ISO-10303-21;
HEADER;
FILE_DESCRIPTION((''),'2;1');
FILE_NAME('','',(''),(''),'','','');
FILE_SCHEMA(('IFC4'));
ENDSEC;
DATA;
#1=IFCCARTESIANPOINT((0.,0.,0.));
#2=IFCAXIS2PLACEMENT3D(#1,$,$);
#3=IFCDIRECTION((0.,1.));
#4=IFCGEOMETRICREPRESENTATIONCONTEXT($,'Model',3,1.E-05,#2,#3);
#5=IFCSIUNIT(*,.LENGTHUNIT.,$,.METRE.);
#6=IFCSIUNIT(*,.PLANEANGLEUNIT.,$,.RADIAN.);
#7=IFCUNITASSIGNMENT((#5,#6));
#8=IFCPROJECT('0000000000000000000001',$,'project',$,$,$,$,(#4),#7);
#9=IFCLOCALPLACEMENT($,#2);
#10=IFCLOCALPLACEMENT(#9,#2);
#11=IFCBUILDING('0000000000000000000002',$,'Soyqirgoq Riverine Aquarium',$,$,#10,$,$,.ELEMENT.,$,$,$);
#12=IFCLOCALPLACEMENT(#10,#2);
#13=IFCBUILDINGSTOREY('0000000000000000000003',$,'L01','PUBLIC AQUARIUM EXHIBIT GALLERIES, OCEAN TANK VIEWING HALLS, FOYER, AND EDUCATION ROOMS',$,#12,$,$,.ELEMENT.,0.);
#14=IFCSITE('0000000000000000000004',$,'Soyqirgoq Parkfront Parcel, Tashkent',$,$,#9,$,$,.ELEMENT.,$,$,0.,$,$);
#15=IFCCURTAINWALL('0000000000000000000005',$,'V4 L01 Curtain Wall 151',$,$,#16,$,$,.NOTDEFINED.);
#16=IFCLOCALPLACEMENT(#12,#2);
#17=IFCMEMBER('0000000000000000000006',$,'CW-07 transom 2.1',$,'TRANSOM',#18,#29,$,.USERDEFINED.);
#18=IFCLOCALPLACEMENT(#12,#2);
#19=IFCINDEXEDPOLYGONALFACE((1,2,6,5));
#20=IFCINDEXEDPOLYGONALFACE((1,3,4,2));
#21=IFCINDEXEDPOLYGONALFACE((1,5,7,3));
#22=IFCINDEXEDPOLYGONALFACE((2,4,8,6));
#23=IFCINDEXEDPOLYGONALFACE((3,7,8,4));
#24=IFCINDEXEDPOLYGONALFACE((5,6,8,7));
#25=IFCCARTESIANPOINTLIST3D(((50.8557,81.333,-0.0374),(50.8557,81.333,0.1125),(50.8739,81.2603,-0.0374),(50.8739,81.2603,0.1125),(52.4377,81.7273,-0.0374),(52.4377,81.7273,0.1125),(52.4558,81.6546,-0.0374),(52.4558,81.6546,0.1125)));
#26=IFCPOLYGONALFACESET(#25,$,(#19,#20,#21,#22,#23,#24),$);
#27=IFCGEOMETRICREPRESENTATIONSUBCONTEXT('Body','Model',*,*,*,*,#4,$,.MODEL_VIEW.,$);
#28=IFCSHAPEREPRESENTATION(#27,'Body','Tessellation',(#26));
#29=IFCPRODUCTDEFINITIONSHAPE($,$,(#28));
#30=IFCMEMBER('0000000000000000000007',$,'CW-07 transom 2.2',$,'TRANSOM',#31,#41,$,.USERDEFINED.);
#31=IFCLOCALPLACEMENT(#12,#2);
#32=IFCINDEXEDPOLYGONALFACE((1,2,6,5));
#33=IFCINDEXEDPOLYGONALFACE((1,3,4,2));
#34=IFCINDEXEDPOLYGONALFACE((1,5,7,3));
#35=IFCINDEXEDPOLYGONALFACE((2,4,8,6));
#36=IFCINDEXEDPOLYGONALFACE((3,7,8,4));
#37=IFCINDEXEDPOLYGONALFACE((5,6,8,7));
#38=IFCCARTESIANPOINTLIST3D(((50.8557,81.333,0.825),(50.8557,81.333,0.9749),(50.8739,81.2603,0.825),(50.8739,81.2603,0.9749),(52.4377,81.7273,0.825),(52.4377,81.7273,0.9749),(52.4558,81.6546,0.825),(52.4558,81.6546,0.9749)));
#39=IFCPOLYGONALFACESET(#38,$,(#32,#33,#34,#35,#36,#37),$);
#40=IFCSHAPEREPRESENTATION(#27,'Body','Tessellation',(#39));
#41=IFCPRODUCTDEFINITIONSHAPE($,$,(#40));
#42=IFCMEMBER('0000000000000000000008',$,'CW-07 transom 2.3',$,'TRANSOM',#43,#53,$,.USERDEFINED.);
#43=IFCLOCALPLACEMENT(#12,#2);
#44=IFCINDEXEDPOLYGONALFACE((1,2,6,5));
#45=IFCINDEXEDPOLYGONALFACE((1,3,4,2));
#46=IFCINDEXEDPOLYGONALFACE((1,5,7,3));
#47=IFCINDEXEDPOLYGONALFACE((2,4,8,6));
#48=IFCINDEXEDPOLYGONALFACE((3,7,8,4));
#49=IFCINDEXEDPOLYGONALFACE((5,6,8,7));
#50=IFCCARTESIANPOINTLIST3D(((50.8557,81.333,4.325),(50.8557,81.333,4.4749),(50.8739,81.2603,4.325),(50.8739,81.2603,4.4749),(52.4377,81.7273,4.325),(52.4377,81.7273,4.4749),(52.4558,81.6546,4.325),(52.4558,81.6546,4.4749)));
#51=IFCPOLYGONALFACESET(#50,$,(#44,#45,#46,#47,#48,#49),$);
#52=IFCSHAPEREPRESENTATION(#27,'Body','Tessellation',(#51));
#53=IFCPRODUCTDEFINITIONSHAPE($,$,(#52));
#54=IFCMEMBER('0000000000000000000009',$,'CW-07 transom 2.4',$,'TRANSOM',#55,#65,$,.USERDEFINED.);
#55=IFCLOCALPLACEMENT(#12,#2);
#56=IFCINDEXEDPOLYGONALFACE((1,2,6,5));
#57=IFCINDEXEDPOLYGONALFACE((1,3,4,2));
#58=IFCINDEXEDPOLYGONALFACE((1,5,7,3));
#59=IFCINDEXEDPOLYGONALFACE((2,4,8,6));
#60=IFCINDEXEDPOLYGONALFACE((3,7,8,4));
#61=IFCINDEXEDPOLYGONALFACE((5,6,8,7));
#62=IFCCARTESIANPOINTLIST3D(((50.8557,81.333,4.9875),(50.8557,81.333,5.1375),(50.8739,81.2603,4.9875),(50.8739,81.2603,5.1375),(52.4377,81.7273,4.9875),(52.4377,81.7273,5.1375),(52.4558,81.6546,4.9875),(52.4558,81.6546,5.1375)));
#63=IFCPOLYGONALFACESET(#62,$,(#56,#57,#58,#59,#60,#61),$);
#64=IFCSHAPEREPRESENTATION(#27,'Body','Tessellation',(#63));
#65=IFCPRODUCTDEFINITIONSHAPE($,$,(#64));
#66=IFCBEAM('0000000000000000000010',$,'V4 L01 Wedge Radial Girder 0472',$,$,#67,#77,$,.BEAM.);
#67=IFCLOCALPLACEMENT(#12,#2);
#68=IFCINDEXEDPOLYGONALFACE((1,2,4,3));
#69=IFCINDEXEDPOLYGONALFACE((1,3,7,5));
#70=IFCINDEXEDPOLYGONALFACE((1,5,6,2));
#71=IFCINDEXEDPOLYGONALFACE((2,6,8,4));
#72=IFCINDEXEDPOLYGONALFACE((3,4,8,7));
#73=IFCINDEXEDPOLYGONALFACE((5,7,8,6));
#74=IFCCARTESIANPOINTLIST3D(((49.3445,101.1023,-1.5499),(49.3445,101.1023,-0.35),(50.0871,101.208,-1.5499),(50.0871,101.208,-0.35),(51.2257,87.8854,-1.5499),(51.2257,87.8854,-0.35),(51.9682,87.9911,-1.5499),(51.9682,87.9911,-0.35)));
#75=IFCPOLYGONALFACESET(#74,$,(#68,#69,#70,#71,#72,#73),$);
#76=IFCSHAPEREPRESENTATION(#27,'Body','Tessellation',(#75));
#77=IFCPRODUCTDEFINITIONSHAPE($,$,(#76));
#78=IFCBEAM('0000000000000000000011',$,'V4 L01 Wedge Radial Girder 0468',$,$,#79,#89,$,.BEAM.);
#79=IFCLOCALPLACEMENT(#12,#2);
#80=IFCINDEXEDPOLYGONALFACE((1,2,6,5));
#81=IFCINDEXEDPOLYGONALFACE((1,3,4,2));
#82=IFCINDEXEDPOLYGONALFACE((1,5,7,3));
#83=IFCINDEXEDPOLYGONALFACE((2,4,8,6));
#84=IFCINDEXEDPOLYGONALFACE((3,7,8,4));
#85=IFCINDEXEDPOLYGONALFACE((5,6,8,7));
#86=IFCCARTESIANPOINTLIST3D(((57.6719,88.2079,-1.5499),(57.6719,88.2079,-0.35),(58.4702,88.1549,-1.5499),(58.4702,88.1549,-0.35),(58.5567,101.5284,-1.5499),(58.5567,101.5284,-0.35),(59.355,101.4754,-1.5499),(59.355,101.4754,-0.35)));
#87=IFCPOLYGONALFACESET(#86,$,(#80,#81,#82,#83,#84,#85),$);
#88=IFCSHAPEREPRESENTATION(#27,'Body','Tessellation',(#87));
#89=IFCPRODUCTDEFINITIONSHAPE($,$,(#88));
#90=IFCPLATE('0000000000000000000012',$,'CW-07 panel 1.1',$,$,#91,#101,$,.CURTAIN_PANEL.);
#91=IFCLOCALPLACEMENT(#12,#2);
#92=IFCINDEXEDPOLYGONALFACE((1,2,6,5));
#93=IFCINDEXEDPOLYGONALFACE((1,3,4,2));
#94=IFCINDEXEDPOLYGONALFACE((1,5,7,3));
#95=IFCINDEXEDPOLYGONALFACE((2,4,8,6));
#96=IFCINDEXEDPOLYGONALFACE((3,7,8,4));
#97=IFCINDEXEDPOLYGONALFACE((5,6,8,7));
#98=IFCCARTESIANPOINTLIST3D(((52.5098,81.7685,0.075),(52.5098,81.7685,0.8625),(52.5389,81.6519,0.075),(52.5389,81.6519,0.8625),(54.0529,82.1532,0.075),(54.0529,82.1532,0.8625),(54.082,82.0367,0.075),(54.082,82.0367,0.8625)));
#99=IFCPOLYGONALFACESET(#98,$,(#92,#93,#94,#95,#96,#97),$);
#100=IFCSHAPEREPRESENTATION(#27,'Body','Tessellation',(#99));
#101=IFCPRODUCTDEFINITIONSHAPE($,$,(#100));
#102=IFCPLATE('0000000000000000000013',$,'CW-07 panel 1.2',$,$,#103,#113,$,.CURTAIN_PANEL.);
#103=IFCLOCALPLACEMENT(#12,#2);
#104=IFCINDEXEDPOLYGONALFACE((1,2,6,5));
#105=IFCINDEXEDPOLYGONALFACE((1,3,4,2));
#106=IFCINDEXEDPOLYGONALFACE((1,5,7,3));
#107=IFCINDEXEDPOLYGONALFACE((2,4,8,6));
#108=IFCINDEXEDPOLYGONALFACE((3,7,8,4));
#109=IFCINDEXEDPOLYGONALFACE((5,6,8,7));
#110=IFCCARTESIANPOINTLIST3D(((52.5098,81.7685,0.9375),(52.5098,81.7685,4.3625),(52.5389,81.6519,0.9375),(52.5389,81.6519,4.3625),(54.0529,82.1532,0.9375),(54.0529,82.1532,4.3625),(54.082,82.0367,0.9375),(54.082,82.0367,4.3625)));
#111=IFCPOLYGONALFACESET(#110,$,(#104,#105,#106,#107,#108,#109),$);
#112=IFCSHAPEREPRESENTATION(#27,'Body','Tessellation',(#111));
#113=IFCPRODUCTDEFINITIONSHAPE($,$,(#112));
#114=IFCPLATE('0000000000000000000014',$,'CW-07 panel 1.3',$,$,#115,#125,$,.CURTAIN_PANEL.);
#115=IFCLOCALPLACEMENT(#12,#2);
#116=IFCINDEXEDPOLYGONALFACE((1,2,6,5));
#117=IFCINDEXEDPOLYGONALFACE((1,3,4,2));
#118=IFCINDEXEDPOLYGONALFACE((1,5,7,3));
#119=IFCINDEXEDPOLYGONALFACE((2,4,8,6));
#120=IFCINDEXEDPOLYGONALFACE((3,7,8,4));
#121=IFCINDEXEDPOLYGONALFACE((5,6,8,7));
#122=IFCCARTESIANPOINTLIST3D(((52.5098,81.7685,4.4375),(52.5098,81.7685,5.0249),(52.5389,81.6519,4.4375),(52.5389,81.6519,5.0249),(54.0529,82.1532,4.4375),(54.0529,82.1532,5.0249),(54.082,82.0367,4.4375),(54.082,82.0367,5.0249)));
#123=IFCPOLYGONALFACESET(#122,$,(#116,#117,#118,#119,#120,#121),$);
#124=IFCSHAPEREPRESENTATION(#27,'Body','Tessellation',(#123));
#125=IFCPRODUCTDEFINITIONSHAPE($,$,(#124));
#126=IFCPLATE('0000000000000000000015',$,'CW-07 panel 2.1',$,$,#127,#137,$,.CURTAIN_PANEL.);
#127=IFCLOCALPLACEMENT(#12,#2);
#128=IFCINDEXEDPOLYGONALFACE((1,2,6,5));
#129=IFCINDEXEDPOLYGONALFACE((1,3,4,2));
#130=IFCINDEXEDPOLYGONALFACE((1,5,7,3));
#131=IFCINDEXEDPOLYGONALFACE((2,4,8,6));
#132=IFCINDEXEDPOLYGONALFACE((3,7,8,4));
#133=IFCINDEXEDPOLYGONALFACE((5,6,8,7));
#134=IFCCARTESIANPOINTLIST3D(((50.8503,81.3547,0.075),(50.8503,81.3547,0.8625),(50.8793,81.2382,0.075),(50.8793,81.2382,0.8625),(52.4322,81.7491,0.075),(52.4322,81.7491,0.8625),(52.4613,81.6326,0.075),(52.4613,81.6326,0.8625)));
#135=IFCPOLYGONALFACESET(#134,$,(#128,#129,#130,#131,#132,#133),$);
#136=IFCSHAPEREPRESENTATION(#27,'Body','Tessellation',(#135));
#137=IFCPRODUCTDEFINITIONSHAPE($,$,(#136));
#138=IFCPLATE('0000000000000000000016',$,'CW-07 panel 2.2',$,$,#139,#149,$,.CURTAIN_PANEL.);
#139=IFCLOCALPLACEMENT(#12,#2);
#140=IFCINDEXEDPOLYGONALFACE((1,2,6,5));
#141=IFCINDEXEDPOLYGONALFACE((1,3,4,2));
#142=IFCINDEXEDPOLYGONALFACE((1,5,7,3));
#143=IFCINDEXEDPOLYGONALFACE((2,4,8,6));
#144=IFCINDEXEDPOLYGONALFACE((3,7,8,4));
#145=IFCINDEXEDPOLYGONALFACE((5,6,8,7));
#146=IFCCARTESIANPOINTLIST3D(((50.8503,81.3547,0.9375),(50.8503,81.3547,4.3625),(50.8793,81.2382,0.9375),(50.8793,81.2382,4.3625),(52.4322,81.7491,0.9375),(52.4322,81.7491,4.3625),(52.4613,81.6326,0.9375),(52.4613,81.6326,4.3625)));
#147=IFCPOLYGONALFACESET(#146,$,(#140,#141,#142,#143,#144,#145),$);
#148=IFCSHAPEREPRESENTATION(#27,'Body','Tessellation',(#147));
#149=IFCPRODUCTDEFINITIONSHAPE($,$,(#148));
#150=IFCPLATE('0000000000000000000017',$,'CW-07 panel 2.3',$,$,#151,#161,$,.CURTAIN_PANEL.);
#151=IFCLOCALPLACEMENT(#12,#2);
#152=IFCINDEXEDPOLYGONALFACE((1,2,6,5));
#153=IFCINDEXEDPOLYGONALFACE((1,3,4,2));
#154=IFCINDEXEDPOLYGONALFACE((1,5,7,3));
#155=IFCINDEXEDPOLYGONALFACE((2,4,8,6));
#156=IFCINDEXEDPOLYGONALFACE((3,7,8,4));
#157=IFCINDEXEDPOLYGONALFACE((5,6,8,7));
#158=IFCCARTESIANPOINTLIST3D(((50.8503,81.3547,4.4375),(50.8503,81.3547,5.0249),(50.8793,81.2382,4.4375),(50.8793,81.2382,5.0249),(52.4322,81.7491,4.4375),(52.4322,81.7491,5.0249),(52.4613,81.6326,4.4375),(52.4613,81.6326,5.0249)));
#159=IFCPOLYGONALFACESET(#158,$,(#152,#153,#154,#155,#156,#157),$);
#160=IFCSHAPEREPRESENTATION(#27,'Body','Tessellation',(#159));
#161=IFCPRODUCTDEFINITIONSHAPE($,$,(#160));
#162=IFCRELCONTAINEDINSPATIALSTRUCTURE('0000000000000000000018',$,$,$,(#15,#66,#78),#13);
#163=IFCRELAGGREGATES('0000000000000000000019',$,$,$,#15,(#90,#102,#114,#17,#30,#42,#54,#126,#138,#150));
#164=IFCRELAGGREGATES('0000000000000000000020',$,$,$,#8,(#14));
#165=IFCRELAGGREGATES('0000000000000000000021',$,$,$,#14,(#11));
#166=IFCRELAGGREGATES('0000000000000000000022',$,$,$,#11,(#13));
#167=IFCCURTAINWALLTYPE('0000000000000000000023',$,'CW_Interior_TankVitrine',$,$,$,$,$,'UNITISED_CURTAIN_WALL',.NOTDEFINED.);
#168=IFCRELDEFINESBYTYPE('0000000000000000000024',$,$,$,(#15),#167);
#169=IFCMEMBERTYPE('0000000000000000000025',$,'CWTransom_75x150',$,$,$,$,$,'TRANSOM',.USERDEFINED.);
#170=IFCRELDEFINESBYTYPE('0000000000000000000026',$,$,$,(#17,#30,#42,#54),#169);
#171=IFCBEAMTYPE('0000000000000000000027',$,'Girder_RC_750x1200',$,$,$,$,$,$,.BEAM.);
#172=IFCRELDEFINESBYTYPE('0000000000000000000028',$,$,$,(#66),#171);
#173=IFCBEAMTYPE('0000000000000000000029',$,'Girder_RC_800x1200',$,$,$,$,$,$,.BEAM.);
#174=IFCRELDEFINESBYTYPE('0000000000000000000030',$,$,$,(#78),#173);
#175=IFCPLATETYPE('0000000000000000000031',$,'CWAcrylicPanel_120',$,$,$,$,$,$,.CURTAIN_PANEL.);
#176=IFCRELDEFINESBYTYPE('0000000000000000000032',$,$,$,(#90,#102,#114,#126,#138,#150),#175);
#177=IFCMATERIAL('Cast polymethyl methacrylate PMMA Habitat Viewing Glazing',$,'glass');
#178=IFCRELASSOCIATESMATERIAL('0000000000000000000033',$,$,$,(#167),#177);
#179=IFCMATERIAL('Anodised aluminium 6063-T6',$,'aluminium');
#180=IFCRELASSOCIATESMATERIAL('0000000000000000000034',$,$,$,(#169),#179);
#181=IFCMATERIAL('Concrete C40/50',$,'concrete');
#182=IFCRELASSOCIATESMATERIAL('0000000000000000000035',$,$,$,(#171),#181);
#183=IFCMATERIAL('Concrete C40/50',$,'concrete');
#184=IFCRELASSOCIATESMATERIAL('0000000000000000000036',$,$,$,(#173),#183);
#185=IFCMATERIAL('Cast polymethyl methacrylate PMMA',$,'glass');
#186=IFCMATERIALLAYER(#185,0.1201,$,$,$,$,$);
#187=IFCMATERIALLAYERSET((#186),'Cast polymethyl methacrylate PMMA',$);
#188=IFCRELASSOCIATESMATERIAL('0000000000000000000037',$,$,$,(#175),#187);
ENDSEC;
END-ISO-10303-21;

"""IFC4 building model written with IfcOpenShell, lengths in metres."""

from ifc_helpers import new_model, si_unit, direction, frame, origin, origin_2d, place, context, subcontext, project, spatial, rectangle, extrude, material, layer, layer_set, material_profile, profile_set, type_object, element, aggregate, save


model = new_model("IFC4")

# Units and contexts
model_context = context("Model", 3, precision=1e-05, world=origin(), true_north=direction((0.0, 1.0)))
body_context = subcontext(model_context, "Body", "Model", "MODEL_VIEW")
ifc_project = project(units=[si_unit("LENGTHUNIT", "METRE"), si_unit("PLANEANGLEUNIT", "RADIAN")], contexts=[model_context])

# Site, building, storey
site_placement = place(None, origin())
site = spatial("IfcSite", under=ifc_project, at=site_placement, Name="Soyqirgoq Parkfront Parcel, Tashkent", CompositionType="ELEMENT", RefElevation=0.0)
building_placement = place(site_placement, origin())
building = spatial("IfcBuilding", under=site, at=building_placement, Name="Soyqirgoq Riverine Aquarium", CompositionType="ELEMENT")
storey_placement = place(building_placement, origin())
storey = spatial("IfcBuildingStorey", under=building, at=storey_placement, Name="L01", Description="PUBLIC AQUARIUM EXHIBIT GALLERIES, OCEAN TANK VIEWING HALLS, FOYER, AND EDUCATION ROOMS", CompositionType="ELEMENT", Elevation=0.0)

# Curtain wall, members
ifc_material_1 = material(Name="Cast polymethyl methacrylate PMMA Habitat Viewing Glazing", Category="glass")
curtain_wall_type = type_object("IfcCurtainWallType", Name="CW_Interior_TankVitrine", ElementType="UNITISED_CURTAIN_WALL", PredefinedType="NOTDEFINED", material=ifc_material_1)
curtain_wall_placement = place(storey_placement, origin())
curtain_wall = element("IfcCurtainWall", 1, at=curtain_wall_placement, inside=storey, type_object=curtain_wall_type, Name="V4 L01 Curtain Wall 151", PredefinedType="NOTDEFINED")
ifc_material_2 = material(Name="Anodised aluminium 6063-T6", Category="aluminium")
ifc_material_profile_1 = material_profile(ifc_material_2, rectangle(XDim=0.075, YDim=0.1499, at=origin_2d()), Name="ALU-T 75x150")
ifc_profile_set_1 = profile_set([ifc_material_profile_1], Name="Anodised aluminium 6063-T6")
member_type_1 = type_object("IfcMemberType", Name="CWTransom_75x150", ElementType="TRANSOM", PredefinedType="USERDEFINED", material=ifc_profile_set_1)
member_1_placement = place(storey_placement, frame((52.4468, 81.6909, 0.0376), z_axis=(-0.970318, -0.241831, 0.0), x_axis=(0.241831, -0.970318, 0.0)))
member_1 = element("IfcMember", 2, at=member_1_placement, type_object=member_type_1, Name="CW-07 transom 2.1", ObjectType="TRANSOM", PredefinedType="USERDEFINED", context=body_context, shape_type="SweptSolid", body=[
    extrude(rectangle(XDim=0.075, YDim=0.1499, at=origin_2d()), origin(), (0.0, 0.0, 1.0), 1.6304),
])
member_2_placement = place(storey_placement, frame((52.4468, 81.6909, 0.8999), z_axis=(-0.970318, -0.241831, 0.0), x_axis=(0.241831, -0.970318, 0.0)))
member_2 = element("IfcMember", 3, at=member_2_placement, type_object=member_type_1, Name="CW-07 transom 2.2", ObjectType="TRANSOM", PredefinedType="USERDEFINED", context=body_context, shape_type="SweptSolid", body=[
    extrude(rectangle(XDim=0.075, YDim=0.1499, at=origin_2d()), origin(), (0.0, 0.0, 1.0), 1.6304),
])
member_3_placement = place(storey_placement, frame((52.4468, 81.6909, 4.3999), z_axis=(-0.970318, -0.241831, 0.0), x_axis=(0.241831, -0.970318, 0.0)))
member_3 = element("IfcMember", 4, at=member_3_placement, type_object=member_type_1, Name="CW-07 transom 2.3", ObjectType="TRANSOM", PredefinedType="USERDEFINED", context=body_context, shape_type="SweptSolid", body=[
    extrude(rectangle(XDim=0.075, YDim=0.1499, at=origin_2d()), origin(), (0.0, 0.0, 1.0), 1.6304),
])
member_4_placement = place(storey_placement, frame((52.4468, 81.6909, 5.0625), z_axis=(-0.970318, -0.241831, 0.0), x_axis=(0.241831, -0.970318, 0.0)))
member_4 = element("IfcMember", 5, at=member_4_placement, type_object=member_type_1, Name="CW-07 transom 2.4", ObjectType="TRANSOM", PredefinedType="USERDEFINED", context=body_context, shape_type="SweptSolid", body=[
    extrude(rectangle(XDim=0.075, YDim=0.1499, at=origin_2d()), origin(), (0.0, 0.0, 1.0), 1.6304),
])

# Beams
ifc_material_3 = material(Name="Concrete C40/50", Category="concrete")
ifc_material_profile_2 = material_profile(ifc_material_3, rectangle(XDim=0.75, YDim=1.2, at=origin_2d()), Name="RC 750x1200")
ifc_profile_set_2 = profile_set([ifc_material_profile_2], Name="Concrete C40/50")
beam_type_1 = type_object("IfcBeamType", Name="Girder_RC_750x1200", PredefinedType="BEAM", material=ifc_profile_set_2)
beam_1_placement = place(storey_placement, frame((51.5969, 87.9382, -0.95), z_axis=(-0.140907, 0.990023, 0.0), x_axis=(-0.990023, -0.140907, 0.0)))
element("IfcBeam", 6, at=beam_1_placement, inside=storey, type_object=beam_type_1, Name="V4 L01 Wedge Radial Girder 0472", PredefinedType="BEAM", context=body_context, shape_type="SweptSolid", body=[
    extrude(rectangle(XDim=0.75, YDim=1.2, at=origin_2d()), origin(), (0.0, 0.0, 1.0), 13.3501),
])
ifc_material_4 = material(Name="Concrete C40/50", Category="concrete")
ifc_material_profile_3 = material_profile(ifc_material_4, rectangle(XDim=0.8, YDim=1.2, at=origin_2d()), Name="RC 800x1200")
ifc_profile_set_3 = profile_set([ifc_material_profile_3], Name="Concrete C40/50")
beam_type_2 = type_object("IfcBeamType", Name="Girder_RC_800x1200", PredefinedType="BEAM", material=ifc_profile_set_3)
beam_2_placement = place(storey_placement, frame((58.071, 88.1814, -0.95), z_axis=(0.066275, 0.997801, 0.0), x_axis=(-0.997801, 0.066275, 0.0)))
element("IfcBeam", 7, at=beam_2_placement, inside=storey, type_object=beam_type_2, Name="V4 L01 Wedge Radial Girder 0468", PredefinedType="BEAM", context=body_context, shape_type="SweptSolid", body=[
    extrude(rectangle(XDim=0.8, YDim=1.2, at=origin_2d()), origin(), (0.0, 0.0, 1.0), 13.3499),
])

# Plates
ifc_material_5 = material(Name="Cast polymethyl methacrylate PMMA", Category="glass")
ifc_layer_1 = layer(ifc_material_5, 0.1201)
ifc_layer_set_1 = layer_set([ifc_layer_1], Name="Cast polymethyl methacrylate PMMA")
plate_type = type_object("IfcPlateType", Name="CWAcrylicPanel_120", PredefinedType="CURTAIN_PANEL", material=ifc_layer_set_1)
plate_1_placement = place(storey_placement, frame((53.2959, 81.9026, 0.075), z_axis=(0.0, 0.0, 1.0), x_axis=(-0.970296, -0.241922, 0.0)))
plate_1 = element("IfcPlate", 8, at=plate_1_placement, type_object=plate_type, Name="CW-07 panel 1.1", PredefinedType="CURTAIN_PANEL", context=body_context, shape_type="SweptSolid", body=[
    extrude(rectangle(XDim=1.5903, YDim=0.1201, at=origin_2d()), origin(), (0.0, 0.0, 1.0), 0.7876),
])
plate_2_placement = place(storey_placement, frame((53.2959, 81.9026, 0.9375), z_axis=(0.0, 0.0, 1.0), x_axis=(-0.970296, -0.241922, 0.0)))
plate_2 = element("IfcPlate", 9, at=plate_2_placement, type_object=plate_type, Name="CW-07 panel 1.2", PredefinedType="CURTAIN_PANEL", context=body_context, shape_type="SweptSolid", body=[
    extrude(rectangle(XDim=1.5903, YDim=0.1201, at=origin_2d()), origin(), (0.0, 0.0, 1.0), 3.425),
])
plate_3_placement = place(storey_placement, frame((53.2959, 81.9026, 4.4375), z_axis=(0.0, 0.0, 1.0), x_axis=(-0.970296, -0.241922, 0.0)))
plate_3 = element("IfcPlate", 10, at=plate_3_placement, type_object=plate_type, Name="CW-07 panel 1.3", PredefinedType="CURTAIN_PANEL", context=body_context, shape_type="SweptSolid", body=[
    extrude(rectangle(XDim=1.5903, YDim=0.1201, at=origin_2d()), origin(), (0.0, 0.0, 1.0), 0.5874),
])
plate_4_placement = place(storey_placement, frame((51.6558, 81.4937, 0.075), z_axis=(0.0, 0.0, 1.0), x_axis=(-0.970296, -0.241922, 0.0)))
plate_4 = element("IfcPlate", 11, at=plate_4_placement, type_object=plate_type, Name="CW-07 panel 2.1", PredefinedType="CURTAIN_PANEL", context=body_context, shape_type="SweptSolid", body=[
    extrude(rectangle(XDim=1.6304, YDim=0.1201, at=origin_2d()), origin(), (0.0, 0.0, 1.0), 0.7876),
])
plate_5_placement = place(storey_placement, frame((51.6558, 81.4937, 0.9375), z_axis=(0.0, 0.0, 1.0), x_axis=(-0.970296, -0.241922, 0.0)))
plate_5 = element("IfcPlate", 12, at=plate_5_placement, type_object=plate_type, Name="CW-07 panel 2.2", PredefinedType="CURTAIN_PANEL", context=body_context, shape_type="SweptSolid", body=[
    extrude(rectangle(XDim=1.6304, YDim=0.1201, at=origin_2d()), origin(), (0.0, 0.0, 1.0), 3.425),
])
plate_6_placement = place(storey_placement, frame((51.6558, 81.4937, 4.4375), z_axis=(0.0, 0.0, 1.0), x_axis=(-0.970296, -0.241922, 0.0)))
plate_6 = element("IfcPlate", 13, at=plate_6_placement, type_object=plate_type, Name="CW-07 panel 2.3", PredefinedType="CURTAIN_PANEL", context=body_context, shape_type="SweptSolid", body=[
    extrude(rectangle(XDim=1.6304, YDim=0.1201, at=origin_2d()), origin(), (0.0, 0.0, 1.0), 0.5874),
])
aggregate(curtain_wall, [plate_1, plate_2, plate_3, member_1, member_2, member_3, member_4, plate_4, plate_5, plate_6])

save(model, "model.ifc")
